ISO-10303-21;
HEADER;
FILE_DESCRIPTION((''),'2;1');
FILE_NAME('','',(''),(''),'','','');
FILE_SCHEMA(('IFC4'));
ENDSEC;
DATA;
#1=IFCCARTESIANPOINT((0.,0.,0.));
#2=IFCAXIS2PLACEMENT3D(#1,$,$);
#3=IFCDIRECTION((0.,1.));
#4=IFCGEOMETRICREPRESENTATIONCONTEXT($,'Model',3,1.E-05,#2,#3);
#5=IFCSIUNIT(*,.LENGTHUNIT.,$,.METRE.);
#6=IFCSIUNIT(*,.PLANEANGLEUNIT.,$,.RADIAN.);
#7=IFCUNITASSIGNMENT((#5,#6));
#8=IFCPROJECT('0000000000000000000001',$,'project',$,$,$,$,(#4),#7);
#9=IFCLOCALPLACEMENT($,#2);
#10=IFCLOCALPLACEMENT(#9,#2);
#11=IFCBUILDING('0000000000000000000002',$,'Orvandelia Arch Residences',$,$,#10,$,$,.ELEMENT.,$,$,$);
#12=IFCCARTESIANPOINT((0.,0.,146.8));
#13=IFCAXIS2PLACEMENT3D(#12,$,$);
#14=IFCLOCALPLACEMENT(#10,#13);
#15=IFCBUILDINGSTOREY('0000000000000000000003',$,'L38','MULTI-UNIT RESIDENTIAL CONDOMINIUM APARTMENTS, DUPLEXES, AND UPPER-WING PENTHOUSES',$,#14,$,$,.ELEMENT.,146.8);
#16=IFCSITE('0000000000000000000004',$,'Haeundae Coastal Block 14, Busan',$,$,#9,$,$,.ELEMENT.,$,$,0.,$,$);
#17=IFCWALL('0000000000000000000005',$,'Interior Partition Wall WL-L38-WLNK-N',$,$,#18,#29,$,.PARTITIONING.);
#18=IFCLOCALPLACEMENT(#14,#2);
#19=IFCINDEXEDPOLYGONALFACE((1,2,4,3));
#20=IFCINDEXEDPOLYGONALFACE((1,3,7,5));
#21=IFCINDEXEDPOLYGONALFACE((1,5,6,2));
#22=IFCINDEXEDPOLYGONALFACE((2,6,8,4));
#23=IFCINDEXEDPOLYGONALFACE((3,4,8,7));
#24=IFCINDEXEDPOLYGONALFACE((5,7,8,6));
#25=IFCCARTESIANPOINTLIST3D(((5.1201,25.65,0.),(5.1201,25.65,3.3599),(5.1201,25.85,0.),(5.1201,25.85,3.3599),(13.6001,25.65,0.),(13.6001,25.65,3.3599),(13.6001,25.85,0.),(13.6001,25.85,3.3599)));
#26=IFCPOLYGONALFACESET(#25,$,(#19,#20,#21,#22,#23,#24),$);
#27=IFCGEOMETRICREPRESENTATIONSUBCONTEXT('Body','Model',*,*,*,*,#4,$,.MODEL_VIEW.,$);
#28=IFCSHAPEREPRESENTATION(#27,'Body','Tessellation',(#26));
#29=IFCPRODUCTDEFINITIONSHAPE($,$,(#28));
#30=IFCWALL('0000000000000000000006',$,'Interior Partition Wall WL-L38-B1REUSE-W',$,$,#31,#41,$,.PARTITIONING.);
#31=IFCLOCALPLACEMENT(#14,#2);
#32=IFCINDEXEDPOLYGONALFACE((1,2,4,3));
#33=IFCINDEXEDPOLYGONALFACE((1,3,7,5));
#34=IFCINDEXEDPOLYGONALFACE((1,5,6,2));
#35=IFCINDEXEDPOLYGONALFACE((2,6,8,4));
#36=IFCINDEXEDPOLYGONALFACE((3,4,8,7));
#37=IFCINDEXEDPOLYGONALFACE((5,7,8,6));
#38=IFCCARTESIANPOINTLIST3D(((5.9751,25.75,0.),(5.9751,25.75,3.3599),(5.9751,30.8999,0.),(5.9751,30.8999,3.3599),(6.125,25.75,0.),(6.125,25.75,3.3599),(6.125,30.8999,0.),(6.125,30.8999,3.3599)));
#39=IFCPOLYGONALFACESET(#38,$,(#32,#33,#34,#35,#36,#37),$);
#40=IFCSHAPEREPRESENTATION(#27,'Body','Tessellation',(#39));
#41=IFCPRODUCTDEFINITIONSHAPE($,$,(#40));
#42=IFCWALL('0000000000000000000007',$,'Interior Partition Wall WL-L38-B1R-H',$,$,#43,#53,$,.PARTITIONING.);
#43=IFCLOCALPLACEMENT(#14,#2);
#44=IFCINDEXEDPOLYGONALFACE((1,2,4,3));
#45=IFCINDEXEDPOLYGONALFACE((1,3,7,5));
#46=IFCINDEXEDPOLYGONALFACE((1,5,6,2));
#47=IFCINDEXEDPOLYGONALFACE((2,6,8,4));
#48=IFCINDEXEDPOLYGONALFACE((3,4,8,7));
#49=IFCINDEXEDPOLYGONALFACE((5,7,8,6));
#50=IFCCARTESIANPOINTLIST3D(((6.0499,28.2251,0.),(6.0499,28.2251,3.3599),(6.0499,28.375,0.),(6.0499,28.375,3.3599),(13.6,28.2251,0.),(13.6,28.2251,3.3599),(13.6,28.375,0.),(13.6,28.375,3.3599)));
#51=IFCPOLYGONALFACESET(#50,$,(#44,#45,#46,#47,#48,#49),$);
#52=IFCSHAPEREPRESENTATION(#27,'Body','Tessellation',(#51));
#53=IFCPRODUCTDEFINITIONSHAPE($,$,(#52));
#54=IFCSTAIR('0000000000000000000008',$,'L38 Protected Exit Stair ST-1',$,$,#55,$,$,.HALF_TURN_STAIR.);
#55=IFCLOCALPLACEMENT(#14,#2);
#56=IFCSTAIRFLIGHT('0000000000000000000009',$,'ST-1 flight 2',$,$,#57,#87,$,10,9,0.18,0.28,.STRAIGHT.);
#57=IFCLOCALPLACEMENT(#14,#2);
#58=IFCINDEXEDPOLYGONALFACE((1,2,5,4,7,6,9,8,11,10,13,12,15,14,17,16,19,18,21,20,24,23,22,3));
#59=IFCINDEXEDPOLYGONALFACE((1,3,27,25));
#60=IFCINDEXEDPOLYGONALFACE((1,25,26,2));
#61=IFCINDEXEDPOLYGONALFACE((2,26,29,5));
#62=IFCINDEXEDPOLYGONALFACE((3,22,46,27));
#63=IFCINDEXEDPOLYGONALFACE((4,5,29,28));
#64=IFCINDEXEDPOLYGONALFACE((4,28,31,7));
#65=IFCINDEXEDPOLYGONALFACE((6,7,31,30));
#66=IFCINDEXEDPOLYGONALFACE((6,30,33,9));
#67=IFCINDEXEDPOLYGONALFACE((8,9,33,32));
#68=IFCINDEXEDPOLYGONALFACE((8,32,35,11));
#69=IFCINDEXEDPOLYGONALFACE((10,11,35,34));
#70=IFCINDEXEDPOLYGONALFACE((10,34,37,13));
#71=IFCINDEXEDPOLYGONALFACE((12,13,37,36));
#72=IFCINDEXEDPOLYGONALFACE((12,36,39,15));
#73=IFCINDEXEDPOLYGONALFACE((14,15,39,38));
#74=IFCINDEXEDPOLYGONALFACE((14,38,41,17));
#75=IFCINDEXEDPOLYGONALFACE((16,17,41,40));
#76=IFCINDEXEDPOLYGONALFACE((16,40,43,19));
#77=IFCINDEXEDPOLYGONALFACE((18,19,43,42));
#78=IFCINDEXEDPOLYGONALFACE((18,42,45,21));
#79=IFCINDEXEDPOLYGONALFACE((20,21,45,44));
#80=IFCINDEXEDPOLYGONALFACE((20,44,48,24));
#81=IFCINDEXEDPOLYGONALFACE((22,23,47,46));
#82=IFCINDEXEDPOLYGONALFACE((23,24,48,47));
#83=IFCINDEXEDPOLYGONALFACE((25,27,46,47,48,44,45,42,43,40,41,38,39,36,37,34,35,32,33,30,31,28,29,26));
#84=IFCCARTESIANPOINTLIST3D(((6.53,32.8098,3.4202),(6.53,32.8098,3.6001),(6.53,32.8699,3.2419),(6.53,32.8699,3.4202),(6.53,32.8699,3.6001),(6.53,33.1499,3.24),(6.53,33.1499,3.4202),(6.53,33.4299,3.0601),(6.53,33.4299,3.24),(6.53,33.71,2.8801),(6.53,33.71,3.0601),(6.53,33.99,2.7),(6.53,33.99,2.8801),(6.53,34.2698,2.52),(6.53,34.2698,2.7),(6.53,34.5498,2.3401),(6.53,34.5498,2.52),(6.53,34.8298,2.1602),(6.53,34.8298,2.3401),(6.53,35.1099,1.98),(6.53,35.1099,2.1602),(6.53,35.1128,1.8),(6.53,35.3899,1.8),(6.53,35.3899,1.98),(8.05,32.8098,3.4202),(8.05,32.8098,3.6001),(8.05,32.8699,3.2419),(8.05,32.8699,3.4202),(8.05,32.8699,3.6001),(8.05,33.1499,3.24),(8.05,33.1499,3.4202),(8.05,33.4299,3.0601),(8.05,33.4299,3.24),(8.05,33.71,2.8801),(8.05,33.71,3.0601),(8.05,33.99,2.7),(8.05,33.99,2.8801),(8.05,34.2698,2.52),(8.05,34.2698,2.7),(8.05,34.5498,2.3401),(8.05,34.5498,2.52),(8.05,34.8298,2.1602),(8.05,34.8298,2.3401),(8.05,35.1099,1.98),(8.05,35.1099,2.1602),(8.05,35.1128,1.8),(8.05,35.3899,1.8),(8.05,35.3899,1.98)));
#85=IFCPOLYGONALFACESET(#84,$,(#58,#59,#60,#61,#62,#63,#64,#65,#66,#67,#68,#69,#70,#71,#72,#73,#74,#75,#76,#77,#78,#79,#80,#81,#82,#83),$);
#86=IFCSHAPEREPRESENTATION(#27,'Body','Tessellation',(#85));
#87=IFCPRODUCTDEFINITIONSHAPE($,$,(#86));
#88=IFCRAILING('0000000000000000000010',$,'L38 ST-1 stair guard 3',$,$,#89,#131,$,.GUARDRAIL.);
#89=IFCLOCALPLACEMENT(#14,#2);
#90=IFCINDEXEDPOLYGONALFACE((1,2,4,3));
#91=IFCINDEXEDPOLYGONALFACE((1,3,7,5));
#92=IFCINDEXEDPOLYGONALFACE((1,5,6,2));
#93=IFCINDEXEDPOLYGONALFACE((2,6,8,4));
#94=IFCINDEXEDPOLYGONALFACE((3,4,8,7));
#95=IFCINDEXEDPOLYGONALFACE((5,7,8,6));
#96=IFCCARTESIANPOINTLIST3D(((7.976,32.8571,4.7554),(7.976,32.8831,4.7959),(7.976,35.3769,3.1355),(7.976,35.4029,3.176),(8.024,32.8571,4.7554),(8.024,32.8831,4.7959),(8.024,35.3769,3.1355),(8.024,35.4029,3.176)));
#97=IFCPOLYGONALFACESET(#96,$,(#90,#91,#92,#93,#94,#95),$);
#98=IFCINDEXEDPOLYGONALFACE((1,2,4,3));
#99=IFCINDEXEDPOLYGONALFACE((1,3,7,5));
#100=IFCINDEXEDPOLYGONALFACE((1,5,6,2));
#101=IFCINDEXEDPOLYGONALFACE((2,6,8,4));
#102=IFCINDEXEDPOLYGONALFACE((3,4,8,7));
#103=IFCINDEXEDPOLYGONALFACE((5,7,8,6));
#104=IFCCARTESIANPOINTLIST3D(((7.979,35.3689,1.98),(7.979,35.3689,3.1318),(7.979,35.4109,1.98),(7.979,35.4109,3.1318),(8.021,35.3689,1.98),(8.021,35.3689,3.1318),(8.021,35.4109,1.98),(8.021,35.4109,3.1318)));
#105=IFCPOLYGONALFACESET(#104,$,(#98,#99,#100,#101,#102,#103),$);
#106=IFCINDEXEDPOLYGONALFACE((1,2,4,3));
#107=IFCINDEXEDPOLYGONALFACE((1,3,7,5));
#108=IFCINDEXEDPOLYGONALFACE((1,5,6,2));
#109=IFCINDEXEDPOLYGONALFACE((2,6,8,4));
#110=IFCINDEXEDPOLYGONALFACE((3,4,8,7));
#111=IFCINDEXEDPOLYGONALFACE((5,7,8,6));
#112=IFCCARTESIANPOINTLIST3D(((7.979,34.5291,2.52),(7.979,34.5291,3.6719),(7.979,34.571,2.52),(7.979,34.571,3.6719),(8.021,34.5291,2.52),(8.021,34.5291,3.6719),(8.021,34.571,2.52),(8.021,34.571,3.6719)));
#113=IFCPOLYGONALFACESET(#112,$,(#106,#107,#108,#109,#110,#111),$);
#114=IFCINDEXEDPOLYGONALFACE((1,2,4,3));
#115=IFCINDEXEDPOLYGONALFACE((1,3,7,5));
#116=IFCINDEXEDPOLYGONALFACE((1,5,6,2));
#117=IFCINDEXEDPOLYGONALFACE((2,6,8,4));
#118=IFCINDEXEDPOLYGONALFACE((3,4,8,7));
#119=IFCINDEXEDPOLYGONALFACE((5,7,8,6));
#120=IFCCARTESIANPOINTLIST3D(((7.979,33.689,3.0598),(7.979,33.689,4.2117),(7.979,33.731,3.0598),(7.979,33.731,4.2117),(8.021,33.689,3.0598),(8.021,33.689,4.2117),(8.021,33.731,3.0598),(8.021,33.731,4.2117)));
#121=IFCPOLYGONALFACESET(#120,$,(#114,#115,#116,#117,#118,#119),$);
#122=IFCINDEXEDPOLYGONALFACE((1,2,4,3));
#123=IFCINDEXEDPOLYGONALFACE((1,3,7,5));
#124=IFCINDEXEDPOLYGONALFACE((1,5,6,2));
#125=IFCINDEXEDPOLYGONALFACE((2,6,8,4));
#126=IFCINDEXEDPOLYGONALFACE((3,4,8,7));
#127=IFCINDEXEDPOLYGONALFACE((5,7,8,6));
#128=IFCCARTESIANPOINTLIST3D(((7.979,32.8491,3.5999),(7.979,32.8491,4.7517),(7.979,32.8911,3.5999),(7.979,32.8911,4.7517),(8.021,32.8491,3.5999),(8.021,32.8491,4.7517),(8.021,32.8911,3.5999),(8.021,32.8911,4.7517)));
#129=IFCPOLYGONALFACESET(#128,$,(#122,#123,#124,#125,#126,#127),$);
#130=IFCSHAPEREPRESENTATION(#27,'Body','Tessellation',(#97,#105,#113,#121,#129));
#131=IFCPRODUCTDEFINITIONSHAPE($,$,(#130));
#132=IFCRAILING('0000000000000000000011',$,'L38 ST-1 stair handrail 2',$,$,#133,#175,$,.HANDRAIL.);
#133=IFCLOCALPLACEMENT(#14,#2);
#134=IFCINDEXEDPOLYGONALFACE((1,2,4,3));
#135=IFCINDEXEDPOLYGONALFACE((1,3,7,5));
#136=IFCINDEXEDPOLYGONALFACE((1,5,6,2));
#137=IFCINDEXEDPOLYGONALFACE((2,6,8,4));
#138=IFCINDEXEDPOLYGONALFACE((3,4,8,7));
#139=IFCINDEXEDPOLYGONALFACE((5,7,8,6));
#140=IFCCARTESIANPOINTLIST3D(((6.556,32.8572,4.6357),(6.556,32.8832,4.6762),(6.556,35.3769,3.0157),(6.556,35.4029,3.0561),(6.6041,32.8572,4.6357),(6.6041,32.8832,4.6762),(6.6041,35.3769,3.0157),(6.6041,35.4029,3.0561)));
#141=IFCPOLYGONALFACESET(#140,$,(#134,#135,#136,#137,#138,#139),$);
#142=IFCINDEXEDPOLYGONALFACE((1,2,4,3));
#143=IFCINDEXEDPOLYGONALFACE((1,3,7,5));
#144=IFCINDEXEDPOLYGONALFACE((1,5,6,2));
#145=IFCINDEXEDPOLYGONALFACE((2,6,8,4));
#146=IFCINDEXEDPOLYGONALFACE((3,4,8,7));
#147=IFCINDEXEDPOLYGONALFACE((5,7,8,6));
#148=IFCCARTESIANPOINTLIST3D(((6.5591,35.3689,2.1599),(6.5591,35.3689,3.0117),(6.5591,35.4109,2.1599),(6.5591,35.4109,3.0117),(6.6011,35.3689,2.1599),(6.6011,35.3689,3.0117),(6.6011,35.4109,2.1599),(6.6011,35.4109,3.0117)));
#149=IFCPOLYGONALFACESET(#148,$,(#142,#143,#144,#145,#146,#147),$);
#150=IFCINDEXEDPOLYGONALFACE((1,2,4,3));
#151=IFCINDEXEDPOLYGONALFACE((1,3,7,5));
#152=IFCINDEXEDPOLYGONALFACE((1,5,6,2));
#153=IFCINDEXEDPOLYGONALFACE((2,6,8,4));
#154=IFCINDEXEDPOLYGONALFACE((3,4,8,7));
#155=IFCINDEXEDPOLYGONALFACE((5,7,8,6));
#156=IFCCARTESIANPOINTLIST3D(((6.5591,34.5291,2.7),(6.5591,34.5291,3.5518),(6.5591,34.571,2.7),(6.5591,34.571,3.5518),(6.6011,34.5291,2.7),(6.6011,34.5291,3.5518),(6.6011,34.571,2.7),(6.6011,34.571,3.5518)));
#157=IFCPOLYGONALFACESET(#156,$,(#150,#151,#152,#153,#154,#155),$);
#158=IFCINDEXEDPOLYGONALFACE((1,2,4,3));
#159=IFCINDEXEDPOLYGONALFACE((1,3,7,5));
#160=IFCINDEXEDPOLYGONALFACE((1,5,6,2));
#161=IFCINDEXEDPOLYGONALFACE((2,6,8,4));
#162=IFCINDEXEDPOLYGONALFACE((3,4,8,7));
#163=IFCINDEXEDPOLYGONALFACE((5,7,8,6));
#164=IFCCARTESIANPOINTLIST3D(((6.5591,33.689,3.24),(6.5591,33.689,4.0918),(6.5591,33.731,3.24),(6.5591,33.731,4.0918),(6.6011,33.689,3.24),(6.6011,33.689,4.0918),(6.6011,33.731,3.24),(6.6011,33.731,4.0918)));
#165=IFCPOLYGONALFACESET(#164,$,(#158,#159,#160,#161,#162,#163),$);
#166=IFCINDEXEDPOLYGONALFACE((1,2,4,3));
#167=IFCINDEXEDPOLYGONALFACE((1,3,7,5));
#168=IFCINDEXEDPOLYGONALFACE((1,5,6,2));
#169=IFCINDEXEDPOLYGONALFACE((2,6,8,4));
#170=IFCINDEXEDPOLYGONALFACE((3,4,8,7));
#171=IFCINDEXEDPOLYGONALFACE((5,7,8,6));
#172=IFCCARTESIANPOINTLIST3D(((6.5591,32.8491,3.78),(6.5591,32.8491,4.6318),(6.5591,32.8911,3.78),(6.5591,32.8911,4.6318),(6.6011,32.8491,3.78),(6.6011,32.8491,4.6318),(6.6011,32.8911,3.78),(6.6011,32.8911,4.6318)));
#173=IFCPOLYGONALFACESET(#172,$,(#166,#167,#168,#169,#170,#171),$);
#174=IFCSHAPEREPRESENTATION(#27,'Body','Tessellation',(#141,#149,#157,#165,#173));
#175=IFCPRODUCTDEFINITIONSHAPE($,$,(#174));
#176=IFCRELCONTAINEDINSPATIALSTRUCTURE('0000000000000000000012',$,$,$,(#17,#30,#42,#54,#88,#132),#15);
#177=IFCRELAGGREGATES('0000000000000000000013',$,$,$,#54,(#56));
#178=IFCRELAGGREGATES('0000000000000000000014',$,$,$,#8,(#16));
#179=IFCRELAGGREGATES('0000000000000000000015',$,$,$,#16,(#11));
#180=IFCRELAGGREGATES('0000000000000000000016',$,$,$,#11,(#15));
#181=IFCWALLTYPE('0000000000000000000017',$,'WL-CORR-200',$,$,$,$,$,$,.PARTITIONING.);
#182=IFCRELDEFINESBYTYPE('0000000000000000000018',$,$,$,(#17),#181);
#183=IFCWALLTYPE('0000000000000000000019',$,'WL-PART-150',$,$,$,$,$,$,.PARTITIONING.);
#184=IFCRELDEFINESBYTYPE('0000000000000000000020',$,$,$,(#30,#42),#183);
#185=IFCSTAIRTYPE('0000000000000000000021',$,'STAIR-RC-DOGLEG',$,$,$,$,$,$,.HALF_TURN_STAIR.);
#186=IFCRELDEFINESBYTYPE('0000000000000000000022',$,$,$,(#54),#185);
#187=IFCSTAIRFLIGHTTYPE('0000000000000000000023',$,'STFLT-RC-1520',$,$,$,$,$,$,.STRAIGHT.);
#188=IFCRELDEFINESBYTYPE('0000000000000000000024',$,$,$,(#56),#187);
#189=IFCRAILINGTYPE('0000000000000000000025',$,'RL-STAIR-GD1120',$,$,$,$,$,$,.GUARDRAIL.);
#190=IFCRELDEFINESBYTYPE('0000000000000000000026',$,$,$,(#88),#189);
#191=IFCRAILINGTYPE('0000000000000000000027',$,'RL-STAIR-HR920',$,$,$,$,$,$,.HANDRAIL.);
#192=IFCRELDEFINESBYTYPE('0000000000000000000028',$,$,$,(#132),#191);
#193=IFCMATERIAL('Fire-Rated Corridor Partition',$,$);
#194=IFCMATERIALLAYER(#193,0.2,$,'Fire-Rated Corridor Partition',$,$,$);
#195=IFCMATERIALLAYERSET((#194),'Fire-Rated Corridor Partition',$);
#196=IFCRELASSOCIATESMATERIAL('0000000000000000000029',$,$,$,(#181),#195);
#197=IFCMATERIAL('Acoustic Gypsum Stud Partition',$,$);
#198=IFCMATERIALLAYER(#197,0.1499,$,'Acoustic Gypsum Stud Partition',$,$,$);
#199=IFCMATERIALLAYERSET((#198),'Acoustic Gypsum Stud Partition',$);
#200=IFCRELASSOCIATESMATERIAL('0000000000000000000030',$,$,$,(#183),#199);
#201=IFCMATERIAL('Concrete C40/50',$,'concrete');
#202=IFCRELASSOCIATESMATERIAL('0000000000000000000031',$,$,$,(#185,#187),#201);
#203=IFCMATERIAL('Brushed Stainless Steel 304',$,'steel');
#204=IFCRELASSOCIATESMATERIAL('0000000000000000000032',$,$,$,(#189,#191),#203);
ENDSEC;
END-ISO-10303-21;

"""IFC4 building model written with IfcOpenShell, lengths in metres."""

from ifc_helpers import new_model, si_unit, direction, frame, frame_2d, origin, origin_2d, place, context, subcontext, project, spatial, polyline, rectangle, outline, extrude, material, layer, layer_set, type_object, element, aggregate, save


model = new_model("IFC4")

# Units and contexts
model_context = context("Model", 3, precision=1e-05, world=origin(), true_north=direction((0.0, 1.0)))
body_context = subcontext(model_context, "Body", "Model", "MODEL_VIEW")
ifc_project = project(units=[si_unit("LENGTHUNIT", "METRE"), si_unit("PLANEANGLEUNIT", "RADIAN")], contexts=[model_context])

# Site, building, storey
site_placement = place(None, origin())
site = spatial("IfcSite", under=ifc_project, at=site_placement, Name="Haeundae Coastal Block 14, Busan", CompositionType="ELEMENT", RefElevation=0.0)
building_placement = place(site_placement, origin())
building = spatial("IfcBuilding", under=site, at=building_placement, Name="Orvandelia Arch Residences", CompositionType="ELEMENT")
storey_placement = place(building_placement, frame((0.0, 0.0, 146.8)))
storey = spatial("IfcBuildingStorey", under=building, at=storey_placement, Name="L38", Description="MULTI-UNIT RESIDENTIAL CONDOMINIUM APARTMENTS, DUPLEXES, AND UPPER-WING PENTHOUSES", CompositionType="ELEMENT", Elevation=146.8)

# Walls
ifc_material_1 = material(Name="Fire-Rated Corridor Partition")
ifc_layer_1 = layer(ifc_material_1, 0.2, Name="Fire-Rated Corridor Partition")
ifc_layer_set_1 = layer_set([ifc_layer_1], Name="Fire-Rated Corridor Partition")
wall_type_1 = type_object("IfcWallType", Name="WL-CORR-200", PredefinedType="PARTITIONING", material=ifc_layer_set_1)
wall_1_placement = place(storey_placement, frame((5.1201, 25.75, 0.0), z_axis=(0.0, 0.0, 1.0), x_axis=(1.0, 0.0, 0.0)))
element("IfcWall", 1, at=wall_1_placement, inside=storey, type_object=wall_type_1, Name="Interior Partition Wall WL-L38-WLNK-N", PredefinedType="PARTITIONING", context=body_context, shape_type="SweptSolid", body=[
    extrude(rectangle(XDim=8.48, YDim=0.2, at=frame_2d((4.24, 0.0))), origin(), (0.0, 0.0, 1.0), 3.3599),
])
ifc_material_2 = material(Name="Acoustic Gypsum Stud Partition")
ifc_layer_2 = layer(ifc_material_2, 0.1499, Name="Acoustic Gypsum Stud Partition")
ifc_layer_set_2 = layer_set([ifc_layer_2], Name="Acoustic Gypsum Stud Partition")
wall_type_2 = type_object("IfcWallType", Name="WL-PART-150", PredefinedType="PARTITIONING", material=ifc_layer_set_2)
wall_2_placement = place(storey_placement, frame((6.05, 25.75, 0.0), z_axis=(0.0, 0.0, 1.0), x_axis=(0.0, 1.0, 0.0)))
element("IfcWall", 2, at=wall_2_placement, inside=storey, type_object=wall_type_2, Name="Interior Partition Wall WL-L38-B1REUSE-W", PredefinedType="PARTITIONING", context=body_context, shape_type="SweptSolid", body=[
    extrude(rectangle(XDim=5.1499, YDim=0.1499, at=frame_2d((2.575, 0.0))), origin(), (0.0, 0.0, 1.0), 3.3599),
])
wall_3_placement = place(storey_placement, frame((6.05, 28.3, 0.0), z_axis=(0.0, 0.0, 1.0), x_axis=(1.0, 0.0, 0.0)))
element("IfcWall", 3, at=wall_3_placement, inside=storey, type_object=wall_type_2, Name="Interior Partition Wall WL-L38-B1R-H", PredefinedType="PARTITIONING", context=body_context, shape_type="SweptSolid", body=[
    extrude(rectangle(XDim=7.55, YDim=0.1499, at=frame_2d((3.7749, 0.0))), origin(), (0.0, 0.0, 1.0), 3.3599),
])

# Stair, stair flight
ifc_material_3 = material(Name="Concrete C40/50", Category="concrete")
stair_type = type_object("IfcStairType", Name="STAIR-RC-DOGLEG", PredefinedType="HALF_TURN_STAIR", material=ifc_material_3)
stair_placement = place(storey_placement, origin())
stair = element("IfcStair", 4, at=stair_placement, inside=storey, type_object=stair_type, Name="L38 Protected Exit Stair ST-1", PredefinedType="HALF_TURN_STAIR")
stair_flight_type = type_object("IfcStairFlightType", Name="STFLT-RC-1520", PredefinedType="STRAIGHT", material=ifc_material_3)
stair_flight_placement = place(storey_placement, frame((7.29, 35.3899, 1.8), z_axis=(0.0, 0.0, 1.0), x_axis=(0.0, -1.0, 0.0)))
stair_flight = element("IfcStairFlight", 5, at=stair_flight_placement, type_object=stair_flight_type, Name="ST-1 flight 2", NumberOfRisers=10, NumberOfTreads=9, PredefinedType="STRAIGHT", RiserHeight=0.18, TreadLength=0.28, context=body_context, shape_type="SweptSolid", body=[
    extrude(outline(polyline([(0.0, 0.0), (0.0, 0.1799), (0.28, 0.1799), (0.28, 0.3601), (0.5601, 0.3601), (0.5601, 0.54), (0.8401, 0.54), (0.8401, 0.72), (1.1201, 0.72), (1.1201, 0.8999), (1.3999, 0.8999), (1.3999, 1.0801), (1.6799, 1.0801), (1.6799, 1.26), (1.96, 1.26), (1.96, 1.4399), (2.24, 1.4399), (2.24, 1.6201), (2.52, 1.6201), (2.52, 1.8), (2.5801, 1.8), (2.5801, 1.6201), (2.52, 1.4419), (0.2771, 0.0), (0.0, 0.0)])), frame((0.0, 0.76, 0.0), z_axis=(0.0, -1.0, 0.0), x_axis=(1.0, 0.0, 0.0)), (0.0, 0.0, 1.0), 1.52),
])
aggregate(stair, [stair_flight])

# Railings
ifc_material_4 = material(Name="Brushed Stainless Steel 304", Category="steel")
railing_type_1 = type_object("IfcRailingType", Name="RL-STAIR-GD1120", PredefinedType="GUARDRAIL", material=ifc_material_4)
railing_1_placement = place(storey_placement, frame((8.0, 35.3899, 1.98)))
element("IfcRailing", 6, at=railing_1_placement, inside=storey, type_object=railing_type_1, Name="L38 ST-1 stair guard 3", PredefinedType="GUARDRAIL", context=body_context, shape_type="SweptSolid", body=[
    extrude(rectangle(XDim=0.0481, YDim=0.0481, at=origin_2d()), frame((0.0, 0.0, 1.1758), z_axis=(0.0, -0.841176, 0.540762), x_axis=(1.0, 0.0, 0.0)), (0.0, 0.0, 1.0), 2.9956),
    extrude(rectangle(XDim=0.042, YDim=0.042, at=origin_2d()), origin(), (0.0, 0.0, 1.0), 1.1519),
    extrude(rectangle(XDim=0.042, YDim=0.042, at=origin_2d()), frame((0.0, -0.8398, 0.54)), (0.0, 0.0, 1.0), 1.1519),
    extrude(rectangle(XDim=0.042, YDim=0.042, at=origin_2d()), frame((0.0, -1.6799, 1.0798)), (0.0, 0.0, 1.0), 1.1519),
    extrude(rectangle(XDim=0.042, YDim=0.042, at=origin_2d()), frame((0.0, -2.5198, 1.6199)), (0.0, 0.0, 1.0), 1.1519),
])
railing_type_2 = type_object("IfcRailingType", Name="RL-STAIR-HR920", PredefinedType="HANDRAIL", material=ifc_material_4)
railing_2_placement = place(storey_placement, frame((6.5801, 35.3899, 2.1599)))
element("IfcRailing", 7, at=railing_2_placement, inside=storey, type_object=railing_type_2, Name="L38 ST-1 stair handrail 2", PredefinedType="HANDRAIL", context=body_context, shape_type="SweptSolid", body=[
    extrude(rectangle(XDim=0.0481, YDim=0.0481, at=origin_2d()), frame((0.0, 0.0, 0.876), z_axis=(0.0, -0.841139, 0.540819), x_axis=(1.0, 0.0, 0.0)), (0.0, 0.0, 1.0), 2.9956),
    extrude(rectangle(XDim=0.042, YDim=0.042, at=origin_2d()), origin(), (0.0, 0.0, 1.0), 0.8518),
    extrude(rectangle(XDim=0.042, YDim=0.042, at=origin_2d()), frame((0.0, -0.8398, 0.54)), (0.0, 0.0, 1.0), 0.8518),
    extrude(rectangle(XDim=0.042, YDim=0.042, at=origin_2d()), frame((0.0, -1.6799, 1.0801)), (0.0, 0.0, 1.0), 0.8518),
    extrude(rectangle(XDim=0.042, YDim=0.042, at=origin_2d()), frame((0.0, -2.5198, 1.6201)), (0.0, 0.0, 1.0), 0.8518),
])

save(model, "model.ifc")
